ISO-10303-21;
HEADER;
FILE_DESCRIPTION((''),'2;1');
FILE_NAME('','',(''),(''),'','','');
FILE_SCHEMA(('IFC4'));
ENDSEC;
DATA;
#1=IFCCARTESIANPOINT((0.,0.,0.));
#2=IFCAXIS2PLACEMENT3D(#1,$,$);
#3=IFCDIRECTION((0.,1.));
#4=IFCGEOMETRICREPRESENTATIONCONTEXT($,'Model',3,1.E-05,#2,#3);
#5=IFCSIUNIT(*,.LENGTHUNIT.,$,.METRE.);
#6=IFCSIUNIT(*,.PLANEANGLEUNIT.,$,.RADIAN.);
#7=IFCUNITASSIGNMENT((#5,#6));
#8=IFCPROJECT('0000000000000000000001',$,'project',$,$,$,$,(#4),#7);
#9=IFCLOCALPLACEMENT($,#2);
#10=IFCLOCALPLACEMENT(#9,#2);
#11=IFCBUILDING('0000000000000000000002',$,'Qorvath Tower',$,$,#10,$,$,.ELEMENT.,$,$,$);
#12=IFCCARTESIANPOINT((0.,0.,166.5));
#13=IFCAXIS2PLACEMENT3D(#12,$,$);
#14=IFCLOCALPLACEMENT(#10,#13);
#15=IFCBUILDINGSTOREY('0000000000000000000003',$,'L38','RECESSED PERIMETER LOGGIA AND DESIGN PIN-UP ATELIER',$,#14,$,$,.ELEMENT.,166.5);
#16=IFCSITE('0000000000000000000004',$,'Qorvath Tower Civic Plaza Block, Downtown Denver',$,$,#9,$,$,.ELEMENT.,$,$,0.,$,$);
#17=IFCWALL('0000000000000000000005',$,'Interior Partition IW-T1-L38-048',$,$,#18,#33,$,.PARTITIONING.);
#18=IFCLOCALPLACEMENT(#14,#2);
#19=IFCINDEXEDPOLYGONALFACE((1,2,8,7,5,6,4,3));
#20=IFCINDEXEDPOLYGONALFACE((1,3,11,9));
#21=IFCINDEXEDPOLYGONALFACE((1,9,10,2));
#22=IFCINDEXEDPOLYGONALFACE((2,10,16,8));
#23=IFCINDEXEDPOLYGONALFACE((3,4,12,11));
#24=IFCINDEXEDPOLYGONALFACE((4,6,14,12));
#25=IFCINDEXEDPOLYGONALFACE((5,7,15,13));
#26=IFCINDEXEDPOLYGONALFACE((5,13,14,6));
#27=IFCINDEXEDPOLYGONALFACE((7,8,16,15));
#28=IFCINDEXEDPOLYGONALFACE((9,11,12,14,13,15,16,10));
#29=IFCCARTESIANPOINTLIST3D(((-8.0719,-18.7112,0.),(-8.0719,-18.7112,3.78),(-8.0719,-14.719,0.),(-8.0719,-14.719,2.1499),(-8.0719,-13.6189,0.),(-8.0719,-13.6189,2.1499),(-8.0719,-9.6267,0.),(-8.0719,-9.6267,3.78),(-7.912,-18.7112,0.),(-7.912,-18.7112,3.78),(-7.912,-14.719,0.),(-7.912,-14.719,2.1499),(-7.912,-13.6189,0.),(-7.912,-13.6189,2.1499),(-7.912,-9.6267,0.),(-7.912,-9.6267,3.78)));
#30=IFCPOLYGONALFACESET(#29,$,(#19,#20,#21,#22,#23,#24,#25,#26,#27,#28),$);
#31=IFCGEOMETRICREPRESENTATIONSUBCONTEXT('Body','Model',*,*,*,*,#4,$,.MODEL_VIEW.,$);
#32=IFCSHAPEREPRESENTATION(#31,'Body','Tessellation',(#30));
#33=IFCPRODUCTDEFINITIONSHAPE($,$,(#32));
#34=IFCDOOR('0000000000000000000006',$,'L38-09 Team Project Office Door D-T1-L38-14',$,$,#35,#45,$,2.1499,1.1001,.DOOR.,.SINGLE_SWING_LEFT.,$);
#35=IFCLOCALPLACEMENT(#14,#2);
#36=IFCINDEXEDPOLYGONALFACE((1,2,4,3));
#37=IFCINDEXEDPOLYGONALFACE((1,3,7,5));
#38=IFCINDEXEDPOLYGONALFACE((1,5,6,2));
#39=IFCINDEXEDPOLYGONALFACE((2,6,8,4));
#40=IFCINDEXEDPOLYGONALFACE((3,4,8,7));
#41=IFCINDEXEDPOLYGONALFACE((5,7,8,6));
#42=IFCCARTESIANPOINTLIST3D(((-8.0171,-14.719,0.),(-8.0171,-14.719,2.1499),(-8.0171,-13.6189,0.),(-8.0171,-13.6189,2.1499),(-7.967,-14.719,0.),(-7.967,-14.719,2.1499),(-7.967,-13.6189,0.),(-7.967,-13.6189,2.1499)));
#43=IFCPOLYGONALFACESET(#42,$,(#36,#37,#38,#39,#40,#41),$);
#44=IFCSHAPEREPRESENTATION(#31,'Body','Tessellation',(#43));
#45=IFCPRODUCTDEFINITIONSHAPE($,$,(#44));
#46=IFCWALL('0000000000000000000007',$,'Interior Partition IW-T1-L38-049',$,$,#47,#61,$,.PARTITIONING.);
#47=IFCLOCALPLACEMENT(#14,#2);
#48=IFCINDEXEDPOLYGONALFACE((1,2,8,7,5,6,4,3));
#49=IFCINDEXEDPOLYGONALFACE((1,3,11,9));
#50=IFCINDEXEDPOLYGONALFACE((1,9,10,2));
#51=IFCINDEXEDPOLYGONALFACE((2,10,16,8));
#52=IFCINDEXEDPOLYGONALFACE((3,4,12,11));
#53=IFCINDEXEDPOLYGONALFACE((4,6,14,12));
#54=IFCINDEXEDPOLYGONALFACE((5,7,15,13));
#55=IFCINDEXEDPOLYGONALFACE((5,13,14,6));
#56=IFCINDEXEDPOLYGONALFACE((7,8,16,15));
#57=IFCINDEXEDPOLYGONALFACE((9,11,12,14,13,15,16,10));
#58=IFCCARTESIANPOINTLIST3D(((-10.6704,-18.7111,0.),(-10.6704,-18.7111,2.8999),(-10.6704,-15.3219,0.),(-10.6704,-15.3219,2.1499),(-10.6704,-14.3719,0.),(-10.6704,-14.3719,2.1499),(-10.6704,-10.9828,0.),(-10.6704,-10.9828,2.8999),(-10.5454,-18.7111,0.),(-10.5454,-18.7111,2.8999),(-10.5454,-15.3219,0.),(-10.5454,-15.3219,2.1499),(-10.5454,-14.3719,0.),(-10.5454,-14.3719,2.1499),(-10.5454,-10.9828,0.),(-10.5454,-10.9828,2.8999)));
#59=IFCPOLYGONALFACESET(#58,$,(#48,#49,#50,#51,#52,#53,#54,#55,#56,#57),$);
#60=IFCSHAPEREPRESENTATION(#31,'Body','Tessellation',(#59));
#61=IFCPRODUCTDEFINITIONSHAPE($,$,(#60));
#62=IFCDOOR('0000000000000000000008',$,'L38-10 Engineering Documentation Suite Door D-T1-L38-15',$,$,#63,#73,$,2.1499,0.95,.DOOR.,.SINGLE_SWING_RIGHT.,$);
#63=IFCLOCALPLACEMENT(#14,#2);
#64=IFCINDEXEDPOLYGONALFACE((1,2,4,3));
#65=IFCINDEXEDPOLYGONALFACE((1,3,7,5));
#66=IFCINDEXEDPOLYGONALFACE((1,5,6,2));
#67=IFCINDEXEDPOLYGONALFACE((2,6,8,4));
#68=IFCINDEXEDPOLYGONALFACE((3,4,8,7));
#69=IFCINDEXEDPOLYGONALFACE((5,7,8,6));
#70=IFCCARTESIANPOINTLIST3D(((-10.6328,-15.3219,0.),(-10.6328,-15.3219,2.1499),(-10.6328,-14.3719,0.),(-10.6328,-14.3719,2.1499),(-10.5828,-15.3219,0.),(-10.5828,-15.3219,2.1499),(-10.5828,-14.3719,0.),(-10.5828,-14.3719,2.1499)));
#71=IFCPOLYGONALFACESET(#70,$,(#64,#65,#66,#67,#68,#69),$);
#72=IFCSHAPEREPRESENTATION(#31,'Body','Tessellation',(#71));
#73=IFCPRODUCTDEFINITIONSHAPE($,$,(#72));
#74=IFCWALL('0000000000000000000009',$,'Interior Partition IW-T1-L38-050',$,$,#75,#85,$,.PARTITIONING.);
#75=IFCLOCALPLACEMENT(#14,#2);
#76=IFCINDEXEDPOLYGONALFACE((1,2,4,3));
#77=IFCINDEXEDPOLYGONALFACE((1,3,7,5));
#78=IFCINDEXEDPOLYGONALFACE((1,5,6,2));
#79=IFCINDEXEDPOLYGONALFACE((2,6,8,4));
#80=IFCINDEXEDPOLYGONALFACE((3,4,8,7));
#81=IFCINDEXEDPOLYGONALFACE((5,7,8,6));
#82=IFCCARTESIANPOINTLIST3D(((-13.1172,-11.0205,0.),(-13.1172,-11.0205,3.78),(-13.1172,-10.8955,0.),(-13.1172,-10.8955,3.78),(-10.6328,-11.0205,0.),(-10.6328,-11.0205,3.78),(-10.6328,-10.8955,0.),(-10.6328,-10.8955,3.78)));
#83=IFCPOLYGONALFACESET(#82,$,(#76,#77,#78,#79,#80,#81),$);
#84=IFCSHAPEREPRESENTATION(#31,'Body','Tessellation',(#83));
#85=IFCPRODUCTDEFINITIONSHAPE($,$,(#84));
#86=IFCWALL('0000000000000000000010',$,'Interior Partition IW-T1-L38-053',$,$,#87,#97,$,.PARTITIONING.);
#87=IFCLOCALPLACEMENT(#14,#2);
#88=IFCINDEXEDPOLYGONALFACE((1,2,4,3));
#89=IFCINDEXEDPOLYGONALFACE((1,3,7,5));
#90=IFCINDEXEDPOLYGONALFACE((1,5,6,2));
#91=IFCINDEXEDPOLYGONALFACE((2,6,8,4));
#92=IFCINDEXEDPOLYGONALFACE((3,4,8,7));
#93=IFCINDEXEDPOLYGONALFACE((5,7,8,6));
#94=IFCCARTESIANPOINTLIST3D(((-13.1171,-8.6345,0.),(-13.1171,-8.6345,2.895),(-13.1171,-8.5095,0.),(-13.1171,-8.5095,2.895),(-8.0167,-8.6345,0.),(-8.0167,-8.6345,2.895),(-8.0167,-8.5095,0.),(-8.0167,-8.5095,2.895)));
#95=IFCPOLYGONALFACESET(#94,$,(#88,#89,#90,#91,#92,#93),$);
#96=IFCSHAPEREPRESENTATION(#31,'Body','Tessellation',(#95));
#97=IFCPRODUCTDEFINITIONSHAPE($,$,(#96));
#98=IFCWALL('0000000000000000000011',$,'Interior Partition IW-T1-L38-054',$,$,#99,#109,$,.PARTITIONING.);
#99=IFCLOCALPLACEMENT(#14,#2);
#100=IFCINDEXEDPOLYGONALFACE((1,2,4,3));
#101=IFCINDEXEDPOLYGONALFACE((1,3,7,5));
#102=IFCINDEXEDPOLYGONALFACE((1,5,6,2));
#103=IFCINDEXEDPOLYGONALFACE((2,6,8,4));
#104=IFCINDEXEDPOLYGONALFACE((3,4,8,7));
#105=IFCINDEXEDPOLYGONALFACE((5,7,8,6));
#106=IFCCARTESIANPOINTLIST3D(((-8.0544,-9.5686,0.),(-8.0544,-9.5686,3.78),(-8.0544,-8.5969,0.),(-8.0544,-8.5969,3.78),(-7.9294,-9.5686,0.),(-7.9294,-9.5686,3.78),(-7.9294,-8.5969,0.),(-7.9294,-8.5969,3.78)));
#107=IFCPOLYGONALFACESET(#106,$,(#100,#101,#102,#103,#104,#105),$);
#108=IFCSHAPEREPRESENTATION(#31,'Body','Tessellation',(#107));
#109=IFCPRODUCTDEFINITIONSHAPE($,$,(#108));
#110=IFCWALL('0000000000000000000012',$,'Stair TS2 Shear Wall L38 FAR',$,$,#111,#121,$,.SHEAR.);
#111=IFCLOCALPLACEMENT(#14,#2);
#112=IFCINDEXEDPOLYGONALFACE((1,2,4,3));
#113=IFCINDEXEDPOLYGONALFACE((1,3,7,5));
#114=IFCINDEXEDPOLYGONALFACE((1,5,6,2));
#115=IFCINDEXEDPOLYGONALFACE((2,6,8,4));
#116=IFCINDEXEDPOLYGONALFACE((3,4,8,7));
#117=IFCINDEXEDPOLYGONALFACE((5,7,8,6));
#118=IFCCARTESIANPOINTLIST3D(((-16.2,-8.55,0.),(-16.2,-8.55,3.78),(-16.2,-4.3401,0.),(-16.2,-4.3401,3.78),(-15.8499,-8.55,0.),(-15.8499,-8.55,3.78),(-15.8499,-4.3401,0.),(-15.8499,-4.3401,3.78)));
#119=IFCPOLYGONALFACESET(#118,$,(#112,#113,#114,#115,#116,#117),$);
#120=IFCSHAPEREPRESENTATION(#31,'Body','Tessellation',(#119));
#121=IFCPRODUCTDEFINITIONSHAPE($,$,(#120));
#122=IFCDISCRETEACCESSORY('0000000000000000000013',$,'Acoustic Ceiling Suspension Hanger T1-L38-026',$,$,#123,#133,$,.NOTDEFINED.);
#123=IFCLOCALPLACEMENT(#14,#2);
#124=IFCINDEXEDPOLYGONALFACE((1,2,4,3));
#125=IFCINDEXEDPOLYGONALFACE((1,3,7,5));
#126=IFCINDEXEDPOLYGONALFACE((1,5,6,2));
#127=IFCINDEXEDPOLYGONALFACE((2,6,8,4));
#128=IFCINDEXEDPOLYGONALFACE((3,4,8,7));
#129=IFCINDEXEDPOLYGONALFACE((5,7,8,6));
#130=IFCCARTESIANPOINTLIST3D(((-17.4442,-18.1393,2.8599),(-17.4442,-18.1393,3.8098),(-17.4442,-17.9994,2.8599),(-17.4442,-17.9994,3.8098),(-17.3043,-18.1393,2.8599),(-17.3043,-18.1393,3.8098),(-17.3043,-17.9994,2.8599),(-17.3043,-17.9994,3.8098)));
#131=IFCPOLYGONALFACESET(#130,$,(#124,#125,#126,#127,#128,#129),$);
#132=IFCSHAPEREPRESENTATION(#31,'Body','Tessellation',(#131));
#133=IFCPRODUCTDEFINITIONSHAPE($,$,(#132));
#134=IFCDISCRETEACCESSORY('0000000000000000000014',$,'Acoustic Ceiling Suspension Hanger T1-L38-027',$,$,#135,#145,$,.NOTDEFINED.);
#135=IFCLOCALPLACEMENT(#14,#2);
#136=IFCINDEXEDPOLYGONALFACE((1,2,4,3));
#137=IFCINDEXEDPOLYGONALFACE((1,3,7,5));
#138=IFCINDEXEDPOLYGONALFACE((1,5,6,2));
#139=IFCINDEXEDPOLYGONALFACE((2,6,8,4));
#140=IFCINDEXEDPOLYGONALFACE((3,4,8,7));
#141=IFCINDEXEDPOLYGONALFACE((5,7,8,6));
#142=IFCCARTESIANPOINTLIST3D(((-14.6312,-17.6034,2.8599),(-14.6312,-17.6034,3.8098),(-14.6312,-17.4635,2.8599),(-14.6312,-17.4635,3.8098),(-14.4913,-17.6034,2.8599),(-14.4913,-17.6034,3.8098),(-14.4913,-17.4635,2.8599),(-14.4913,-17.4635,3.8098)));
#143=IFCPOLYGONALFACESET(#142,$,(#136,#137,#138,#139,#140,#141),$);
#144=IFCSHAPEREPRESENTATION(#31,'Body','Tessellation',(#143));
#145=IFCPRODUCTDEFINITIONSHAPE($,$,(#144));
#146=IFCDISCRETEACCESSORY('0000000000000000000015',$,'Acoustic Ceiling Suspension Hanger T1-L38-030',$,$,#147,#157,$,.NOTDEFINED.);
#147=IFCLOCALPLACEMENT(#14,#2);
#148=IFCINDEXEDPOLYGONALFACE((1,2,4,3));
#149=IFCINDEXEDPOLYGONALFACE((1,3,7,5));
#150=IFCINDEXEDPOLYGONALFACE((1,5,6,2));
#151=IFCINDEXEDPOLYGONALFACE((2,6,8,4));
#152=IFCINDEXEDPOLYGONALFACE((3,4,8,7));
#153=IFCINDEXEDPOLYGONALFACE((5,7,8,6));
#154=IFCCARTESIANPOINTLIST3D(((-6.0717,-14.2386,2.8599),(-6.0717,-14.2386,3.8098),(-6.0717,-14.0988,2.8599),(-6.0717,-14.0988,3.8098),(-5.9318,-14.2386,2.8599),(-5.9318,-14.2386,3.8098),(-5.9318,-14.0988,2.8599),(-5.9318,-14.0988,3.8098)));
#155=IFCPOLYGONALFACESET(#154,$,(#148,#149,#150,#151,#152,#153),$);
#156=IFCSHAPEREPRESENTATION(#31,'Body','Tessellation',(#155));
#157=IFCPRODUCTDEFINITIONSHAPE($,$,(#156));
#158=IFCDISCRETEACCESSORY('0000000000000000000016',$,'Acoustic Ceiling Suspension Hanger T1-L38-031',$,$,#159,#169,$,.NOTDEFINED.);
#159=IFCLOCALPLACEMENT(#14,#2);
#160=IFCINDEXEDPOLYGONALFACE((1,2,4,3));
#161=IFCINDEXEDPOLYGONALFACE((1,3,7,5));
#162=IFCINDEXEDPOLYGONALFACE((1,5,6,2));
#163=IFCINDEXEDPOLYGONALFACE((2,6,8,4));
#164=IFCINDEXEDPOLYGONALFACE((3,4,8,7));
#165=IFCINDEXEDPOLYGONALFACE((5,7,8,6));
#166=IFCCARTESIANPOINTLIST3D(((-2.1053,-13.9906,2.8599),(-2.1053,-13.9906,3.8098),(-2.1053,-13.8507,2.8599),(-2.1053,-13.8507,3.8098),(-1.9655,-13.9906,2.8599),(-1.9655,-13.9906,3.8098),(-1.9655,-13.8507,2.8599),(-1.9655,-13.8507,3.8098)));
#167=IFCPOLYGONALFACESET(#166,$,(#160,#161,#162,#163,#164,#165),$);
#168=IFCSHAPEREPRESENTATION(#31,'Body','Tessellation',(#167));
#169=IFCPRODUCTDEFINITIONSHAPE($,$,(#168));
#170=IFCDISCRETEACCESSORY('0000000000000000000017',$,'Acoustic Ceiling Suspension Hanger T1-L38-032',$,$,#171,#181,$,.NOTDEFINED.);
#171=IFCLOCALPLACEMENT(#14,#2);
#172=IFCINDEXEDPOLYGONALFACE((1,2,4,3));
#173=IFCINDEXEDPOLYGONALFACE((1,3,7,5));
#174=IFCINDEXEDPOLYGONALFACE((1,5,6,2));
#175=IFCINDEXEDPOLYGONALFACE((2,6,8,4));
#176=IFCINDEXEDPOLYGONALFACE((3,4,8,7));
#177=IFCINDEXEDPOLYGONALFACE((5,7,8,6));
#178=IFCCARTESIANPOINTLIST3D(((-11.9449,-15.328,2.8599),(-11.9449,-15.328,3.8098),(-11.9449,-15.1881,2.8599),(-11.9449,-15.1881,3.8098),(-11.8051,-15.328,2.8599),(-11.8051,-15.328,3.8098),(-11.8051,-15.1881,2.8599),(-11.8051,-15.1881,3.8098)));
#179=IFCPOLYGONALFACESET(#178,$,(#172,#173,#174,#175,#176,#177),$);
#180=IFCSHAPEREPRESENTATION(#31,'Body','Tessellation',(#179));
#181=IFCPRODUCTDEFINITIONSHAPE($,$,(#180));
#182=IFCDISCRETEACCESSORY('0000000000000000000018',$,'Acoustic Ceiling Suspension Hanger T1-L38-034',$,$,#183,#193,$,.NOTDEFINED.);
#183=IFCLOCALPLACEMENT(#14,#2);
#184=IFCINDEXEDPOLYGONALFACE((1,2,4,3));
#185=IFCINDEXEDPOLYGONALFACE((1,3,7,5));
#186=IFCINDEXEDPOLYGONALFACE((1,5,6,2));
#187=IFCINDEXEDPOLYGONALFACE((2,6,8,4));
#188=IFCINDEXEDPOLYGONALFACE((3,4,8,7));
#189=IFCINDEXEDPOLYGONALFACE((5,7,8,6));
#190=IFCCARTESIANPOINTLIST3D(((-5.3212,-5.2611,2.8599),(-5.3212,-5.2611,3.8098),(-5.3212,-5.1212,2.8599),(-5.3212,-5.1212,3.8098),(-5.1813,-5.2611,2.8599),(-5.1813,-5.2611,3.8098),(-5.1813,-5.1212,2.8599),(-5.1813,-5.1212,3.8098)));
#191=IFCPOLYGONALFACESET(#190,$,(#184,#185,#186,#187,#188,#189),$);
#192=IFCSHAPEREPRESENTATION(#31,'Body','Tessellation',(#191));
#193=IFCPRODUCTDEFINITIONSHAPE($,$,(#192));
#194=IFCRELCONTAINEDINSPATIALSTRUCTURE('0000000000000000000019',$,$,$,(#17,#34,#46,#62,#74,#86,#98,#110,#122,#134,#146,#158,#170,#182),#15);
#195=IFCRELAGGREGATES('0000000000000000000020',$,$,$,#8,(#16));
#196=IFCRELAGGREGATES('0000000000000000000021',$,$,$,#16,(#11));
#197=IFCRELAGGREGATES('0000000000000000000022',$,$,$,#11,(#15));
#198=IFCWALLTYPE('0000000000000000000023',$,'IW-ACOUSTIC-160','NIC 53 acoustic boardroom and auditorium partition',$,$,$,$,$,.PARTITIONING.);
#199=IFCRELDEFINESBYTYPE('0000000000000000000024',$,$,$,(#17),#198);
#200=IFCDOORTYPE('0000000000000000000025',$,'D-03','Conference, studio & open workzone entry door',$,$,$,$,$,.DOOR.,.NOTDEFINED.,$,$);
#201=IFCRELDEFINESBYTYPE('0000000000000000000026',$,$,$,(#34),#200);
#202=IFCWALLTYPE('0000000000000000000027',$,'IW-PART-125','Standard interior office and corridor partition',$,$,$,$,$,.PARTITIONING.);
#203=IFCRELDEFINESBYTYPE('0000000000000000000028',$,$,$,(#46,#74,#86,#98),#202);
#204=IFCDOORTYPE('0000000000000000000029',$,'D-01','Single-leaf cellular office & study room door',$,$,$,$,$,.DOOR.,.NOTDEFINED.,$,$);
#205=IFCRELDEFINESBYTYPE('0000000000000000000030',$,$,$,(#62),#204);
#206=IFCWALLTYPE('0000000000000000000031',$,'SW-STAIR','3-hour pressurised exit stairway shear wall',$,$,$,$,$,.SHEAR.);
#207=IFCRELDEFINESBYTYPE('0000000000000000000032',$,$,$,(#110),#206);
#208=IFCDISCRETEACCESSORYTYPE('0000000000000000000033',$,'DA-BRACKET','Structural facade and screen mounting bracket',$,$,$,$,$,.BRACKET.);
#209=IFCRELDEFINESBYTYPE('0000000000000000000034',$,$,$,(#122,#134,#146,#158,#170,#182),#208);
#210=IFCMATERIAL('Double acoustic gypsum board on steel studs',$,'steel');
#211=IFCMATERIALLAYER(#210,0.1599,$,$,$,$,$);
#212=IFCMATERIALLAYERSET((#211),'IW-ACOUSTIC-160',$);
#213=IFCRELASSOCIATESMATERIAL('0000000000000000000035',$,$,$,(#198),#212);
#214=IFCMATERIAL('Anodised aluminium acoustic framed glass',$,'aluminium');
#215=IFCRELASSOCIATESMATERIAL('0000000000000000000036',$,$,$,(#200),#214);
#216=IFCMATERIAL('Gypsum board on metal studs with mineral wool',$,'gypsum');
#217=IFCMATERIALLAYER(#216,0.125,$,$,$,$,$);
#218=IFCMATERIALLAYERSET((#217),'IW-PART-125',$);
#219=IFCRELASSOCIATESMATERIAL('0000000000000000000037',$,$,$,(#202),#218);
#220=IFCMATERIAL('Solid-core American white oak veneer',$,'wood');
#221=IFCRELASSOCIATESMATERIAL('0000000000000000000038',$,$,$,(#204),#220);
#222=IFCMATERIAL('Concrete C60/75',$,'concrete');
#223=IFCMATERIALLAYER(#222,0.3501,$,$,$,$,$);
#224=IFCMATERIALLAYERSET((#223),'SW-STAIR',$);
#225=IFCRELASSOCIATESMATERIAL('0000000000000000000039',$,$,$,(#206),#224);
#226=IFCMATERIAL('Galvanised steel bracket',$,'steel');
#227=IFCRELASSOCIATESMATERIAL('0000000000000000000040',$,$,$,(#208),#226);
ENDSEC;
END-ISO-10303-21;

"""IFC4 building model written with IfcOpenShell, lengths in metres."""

from ifc_helpers import new_model, si_unit, direction, frame, frame_2d, origin, origin_2d, place, context, subcontext, project, spatial, rectangle, extrude, material, layer, layer_set, type_object, element, fill, save


model = new_model("IFC4")

# Units and contexts
model_context = context("Model", 3, precision=1e-05, world=origin(), true_north=direction((0.0, 1.0)))
body_context = subcontext(model_context, "Body", "Model", "MODEL_VIEW")
ifc_project = project(units=[si_unit("LENGTHUNIT", "METRE"), si_unit("PLANEANGLEUNIT", "RADIAN")], contexts=[model_context])

# Site, building, storey
site_placement = place(None, origin())
site = spatial("IfcSite", under=ifc_project, at=site_placement, Name="Qorvath Tower Civic Plaza Block, Downtown Denver", CompositionType="ELEMENT", RefElevation=0.0)
building_placement = place(site_placement, origin())
building = spatial("IfcBuilding", under=site, at=building_placement, Name="Qorvath Tower", CompositionType="ELEMENT")
storey_placement = place(building_placement, frame((0.0, 0.0, 166.5)))
storey = spatial("IfcBuildingStorey", under=building, at=storey_placement, Name="L38", Description="RECESSED PERIMETER LOGGIA AND DESIGN PIN-UP ATELIER", CompositionType="ELEMENT", Elevation=166.5)

# Shared definitions
ifc_material_1 = material(Name="Double acoustic gypsum board on steel studs", Category="steel")
ifc_layer_1 = layer(ifc_material_1, 0.1599)
ifc_layer_set_1 = layer_set([ifc_layer_1], Name="IW-ACOUSTIC-160")
wall_type_1 = type_object("IfcWallType", Name="IW-ACOUSTIC-160", Description="NIC 53 acoustic boardroom and auditorium partition", PredefinedType="PARTITIONING", material=ifc_layer_set_1)
ifc_material_2 = material(Name="Anodised aluminium acoustic framed glass", Category="aluminium")
door_type_1 = type_object("IfcDoorType", Name="D-03", Description="Conference, studio & open workzone entry door", OperationType="NOTDEFINED", PredefinedType="DOOR", material=ifc_material_2)

# Walls, openings, doors
wall_1_placement = place(storey_placement, frame((-7.9919, -9.6267, 0.0), z_axis=(0.0, 0.0, 1.0), x_axis=(0.0, -1.0, 0.0)))
wall_1 = element("IfcWall", 1, at=wall_1_placement, inside=storey, type_object=wall_type_1, Name="Interior Partition IW-T1-L38-048", PredefinedType="PARTITIONING", context=body_context, shape_type="SweptSolid", body=[
    extrude(rectangle(XDim=9.0845, YDim=0.1599, at=frame_2d((4.5422, 0.0))), origin(), (0.0, 0.0, 1.0), 3.78),
])
opening_1_placement = place(wall_1_placement, frame((3.9922, 0.0, 0.0)))
opening_1 = element("IfcOpeningElement", 2, at=opening_1_placement, cuts=wall_1, PredefinedType="OPENING", context=body_context, shape_type="SweptSolid", body=[
    extrude(rectangle(XDim=1.1001, YDim=2.1499, at=frame_2d((0.55, 1.075))), frame((0.0, 0.0898, 0.0), z_axis=(0.0, -1.0, 0.0), x_axis=(1.0, 0.0, 0.0)), (0.0, 0.0, 1.0), 0.1799),
])
door_1_placement = place(opening_1_placement, origin())
door_1 = element("IfcDoor", 3, at=door_1_placement, inside=storey, type_object=door_type_1, Name="L38-09 Team Project Office Door D-T1-L38-14", OperationType="SINGLE_SWING_LEFT", OverallHeight=2.1499, OverallWidth=1.1001, PredefinedType="DOOR", context=body_context, shape_type="SweptSolid", body=[
    extrude(rectangle(XDim=1.1001, YDim=2.1499, at=frame_2d((0.55, 1.075))), frame((0.0, 0.0249, 0.0), z_axis=(0.0, -1.0, 0.0), x_axis=(1.0, 0.0, 0.0)), (0.0, 0.0, 1.0), 0.05),
])
fill(opening_1, door_1)
ifc_material_3 = material(Name="Gypsum board on metal studs with mineral wool", Category="gypsum")
ifc_layer_2 = layer(ifc_material_3, 0.125)
ifc_layer_set_2 = layer_set([ifc_layer_2], Name="IW-PART-125")
wall_type_2 = type_object("IfcWallType", Name="IW-PART-125", Description="Standard interior office and corridor partition", PredefinedType="PARTITIONING", material=ifc_layer_set_2)
wall_2_placement = place(storey_placement, frame((-10.6079, -18.7112, 0.0), z_axis=(0.0, 0.0, 1.0), x_axis=(0.0, 1.0, 0.0)))
wall_2 = element("IfcWall", 4, at=wall_2_placement, inside=storey, type_object=wall_type_2, Name="Interior Partition IW-T1-L38-049", PredefinedType="PARTITIONING", context=body_context, shape_type="SweptSolid", body=[
    extrude(rectangle(XDim=7.7283, YDim=0.125, at=frame_2d((3.8643, 0.0))), origin(), (0.0, 0.0, 1.0), 2.8999),
])
opening_2_placement = place(wall_2_placement, frame((3.3892, 0.0, 0.0)))
opening_2 = element("IfcOpeningElement", 5, at=opening_2_placement, cuts=wall_2, PredefinedType="OPENING", context=body_context, shape_type="SweptSolid", body=[
    extrude(rectangle(XDim=0.95, YDim=2.1499, at=frame_2d((0.4751, 1.075))), frame((0.0, 0.0725, 0.0), z_axis=(0.0, -1.0, 0.0), x_axis=(1.0, 0.0, 0.0)), (0.0, 0.0, 1.0), 0.145),
])
ifc_material_4 = material(Name="Solid-core American white oak veneer", Category="wood")
door_type_2 = type_object("IfcDoorType", Name="D-01", Description="Single-leaf cellular office & study room door", OperationType="NOTDEFINED", PredefinedType="DOOR", material=ifc_material_4)
door_2_placement = place(opening_2_placement, origin())
door_2 = element("IfcDoor", 6, at=door_2_placement, inside=storey, type_object=door_type_2, Name="L38-10 Engineering Documentation Suite Door D-T1-L38-15", OperationType="SINGLE_SWING_RIGHT", OverallHeight=2.1499, OverallWidth=0.95, PredefinedType="DOOR", context=body_context, shape_type="SweptSolid", body=[
    extrude(rectangle(XDim=0.95, YDim=2.1499, at=frame_2d((0.4751, 1.075))), frame((0.0, 0.0249, 0.0), z_axis=(0.0, -1.0, 0.0), x_axis=(1.0, 0.0, 0.0)), (0.0, 0.0, 1.0), 0.05),
])
fill(opening_2, door_2)

# Walls
wall_3_placement = place(storey_placement, frame((-10.6328, -10.958, 0.0), z_axis=(0.0, 0.0, 1.0), x_axis=(-1.0, 0.0, 0.0)))
element("IfcWall", 7, at=wall_3_placement, inside=storey, type_object=wall_type_2, Name="Interior Partition IW-T1-L38-050", PredefinedType="PARTITIONING", context=body_context, shape_type="SweptSolid", body=[
    extrude(rectangle(XDim=2.4844, YDim=0.125, at=frame_2d((1.2422, 0.0))), origin(), (0.0, 0.0, 1.0), 3.78),
])
wall_4_placement = place(storey_placement, frame((-13.1172, -8.572, 0.0), z_axis=(0.0, 0.0, 1.0), x_axis=(1.0, 0.0, 0.0)))
element("IfcWall", 8, at=wall_4_placement, inside=storey, type_object=wall_type_2, Name="Interior Partition IW-T1-L38-053", PredefinedType="PARTITIONING", context=body_context, shape_type="SweptSolid", body=[
    extrude(rectangle(XDim=5.1003, YDim=0.125, at=frame_2d((2.5503, 0.0))), origin(), (0.0, 0.0, 1.0), 2.895),
])
wall_5_placement = place(storey_placement, frame((-7.9919, -8.5969, 0.0), z_axis=(0.0, 0.0, 1.0), x_axis=(0.0, -1.0, 0.0)))
element("IfcWall", 9, at=wall_5_placement, inside=storey, type_object=wall_type_2, Name="Interior Partition IW-T1-L38-054", PredefinedType="PARTITIONING", context=body_context, shape_type="SweptSolid", body=[
    extrude(rectangle(XDim=0.9717, YDim=0.125, at=frame_2d((0.4858, 0.0))), origin(), (0.0, 0.0, 1.0), 3.78),
])
ifc_material_5 = material(Name="Concrete C60/75", Category="concrete")
ifc_layer_3 = layer(ifc_material_5, 0.3501)
ifc_layer_set_3 = layer_set([ifc_layer_3], Name="SW-STAIR")
wall_type_3 = type_object("IfcWallType", Name="SW-STAIR", Description="3-hour pressurised exit stairway shear wall", PredefinedType="SHEAR", material=ifc_layer_set_3)
wall_6_placement = place(storey_placement, frame((-16.0249, -8.55, 0.0), z_axis=(0.0, 0.0, 1.0), x_axis=(0.0, 1.0, 0.0)))
element("IfcWall", 10, at=wall_6_placement, inside=storey, type_object=wall_type_3, Name="Stair TS2 Shear Wall L38 FAR", PredefinedType="SHEAR", context=body_context, shape_type="SweptSolid", body=[
    extrude(rectangle(XDim=4.21, YDim=0.3501, at=frame_2d((2.105, 0.0))), origin(), (0.0, 0.0, 1.0), 3.78),
])

# Discrete accessories
ifc_material_6 = material(Name="Galvanised steel bracket", Category="steel")
discrete_accessory_type = type_object("IfcDiscreteAccessoryType", Name="DA-BRACKET", Description="Structural facade and screen mounting bracket", PredefinedType="BRACKET", material=ifc_material_6)
for number, where, z_axis, x_axis, name in (
    (11, (-17.3743, -18.0693, 2.8599), (0.0, 0.0, 1.0), (1.0, 0.0, 0.0), "Acoustic Ceiling Suspension Hanger T1-L38-026"),
    (12, (-14.5613, -17.5334, 2.8599), (0.0, 0.0, 1.0), (1.0, 0.0, 0.0), "Acoustic Ceiling Suspension Hanger T1-L38-027"),
    (13, (-6.0017, -14.1687, 2.8599), (0.0, 0.0, 1.0), (1.0, 0.0, 0.0), "Acoustic Ceiling Suspension Hanger T1-L38-030"),
    (14, (-2.0354, -13.9207, 2.8599), (0.0, 0.0, 1.0), (1.0, 0.0, 0.0), "Acoustic Ceiling Suspension Hanger T1-L38-031"),
    (15, (-11.875, -15.2581, 2.8599), (0.0, 0.0, 1.0), (1.0, 0.0, 0.0), "Acoustic Ceiling Suspension Hanger T1-L38-032"),
    (16, (-5.2512, -5.1912, 2.8599), (0.0, 0.0, 1.0), (1.0, 0.0, 0.0), "Acoustic Ceiling Suspension Hanger T1-L38-034"),
):
    element("IfcDiscreteAccessory", number, at=place(storey_placement, frame(where, z_axis=z_axis, x_axis=x_axis)), inside=storey, type_object=discrete_accessory_type, Name=name, PredefinedType="NOTDEFINED", context=body_context, shape_type="SweptSolid", body=[
        extrude(rectangle(XDim=0.1399, YDim=0.1399, at=origin_2d()), origin(), (0.0, 0.0, 1.0), 0.95),
    ])

save(model, "model.ifc")
